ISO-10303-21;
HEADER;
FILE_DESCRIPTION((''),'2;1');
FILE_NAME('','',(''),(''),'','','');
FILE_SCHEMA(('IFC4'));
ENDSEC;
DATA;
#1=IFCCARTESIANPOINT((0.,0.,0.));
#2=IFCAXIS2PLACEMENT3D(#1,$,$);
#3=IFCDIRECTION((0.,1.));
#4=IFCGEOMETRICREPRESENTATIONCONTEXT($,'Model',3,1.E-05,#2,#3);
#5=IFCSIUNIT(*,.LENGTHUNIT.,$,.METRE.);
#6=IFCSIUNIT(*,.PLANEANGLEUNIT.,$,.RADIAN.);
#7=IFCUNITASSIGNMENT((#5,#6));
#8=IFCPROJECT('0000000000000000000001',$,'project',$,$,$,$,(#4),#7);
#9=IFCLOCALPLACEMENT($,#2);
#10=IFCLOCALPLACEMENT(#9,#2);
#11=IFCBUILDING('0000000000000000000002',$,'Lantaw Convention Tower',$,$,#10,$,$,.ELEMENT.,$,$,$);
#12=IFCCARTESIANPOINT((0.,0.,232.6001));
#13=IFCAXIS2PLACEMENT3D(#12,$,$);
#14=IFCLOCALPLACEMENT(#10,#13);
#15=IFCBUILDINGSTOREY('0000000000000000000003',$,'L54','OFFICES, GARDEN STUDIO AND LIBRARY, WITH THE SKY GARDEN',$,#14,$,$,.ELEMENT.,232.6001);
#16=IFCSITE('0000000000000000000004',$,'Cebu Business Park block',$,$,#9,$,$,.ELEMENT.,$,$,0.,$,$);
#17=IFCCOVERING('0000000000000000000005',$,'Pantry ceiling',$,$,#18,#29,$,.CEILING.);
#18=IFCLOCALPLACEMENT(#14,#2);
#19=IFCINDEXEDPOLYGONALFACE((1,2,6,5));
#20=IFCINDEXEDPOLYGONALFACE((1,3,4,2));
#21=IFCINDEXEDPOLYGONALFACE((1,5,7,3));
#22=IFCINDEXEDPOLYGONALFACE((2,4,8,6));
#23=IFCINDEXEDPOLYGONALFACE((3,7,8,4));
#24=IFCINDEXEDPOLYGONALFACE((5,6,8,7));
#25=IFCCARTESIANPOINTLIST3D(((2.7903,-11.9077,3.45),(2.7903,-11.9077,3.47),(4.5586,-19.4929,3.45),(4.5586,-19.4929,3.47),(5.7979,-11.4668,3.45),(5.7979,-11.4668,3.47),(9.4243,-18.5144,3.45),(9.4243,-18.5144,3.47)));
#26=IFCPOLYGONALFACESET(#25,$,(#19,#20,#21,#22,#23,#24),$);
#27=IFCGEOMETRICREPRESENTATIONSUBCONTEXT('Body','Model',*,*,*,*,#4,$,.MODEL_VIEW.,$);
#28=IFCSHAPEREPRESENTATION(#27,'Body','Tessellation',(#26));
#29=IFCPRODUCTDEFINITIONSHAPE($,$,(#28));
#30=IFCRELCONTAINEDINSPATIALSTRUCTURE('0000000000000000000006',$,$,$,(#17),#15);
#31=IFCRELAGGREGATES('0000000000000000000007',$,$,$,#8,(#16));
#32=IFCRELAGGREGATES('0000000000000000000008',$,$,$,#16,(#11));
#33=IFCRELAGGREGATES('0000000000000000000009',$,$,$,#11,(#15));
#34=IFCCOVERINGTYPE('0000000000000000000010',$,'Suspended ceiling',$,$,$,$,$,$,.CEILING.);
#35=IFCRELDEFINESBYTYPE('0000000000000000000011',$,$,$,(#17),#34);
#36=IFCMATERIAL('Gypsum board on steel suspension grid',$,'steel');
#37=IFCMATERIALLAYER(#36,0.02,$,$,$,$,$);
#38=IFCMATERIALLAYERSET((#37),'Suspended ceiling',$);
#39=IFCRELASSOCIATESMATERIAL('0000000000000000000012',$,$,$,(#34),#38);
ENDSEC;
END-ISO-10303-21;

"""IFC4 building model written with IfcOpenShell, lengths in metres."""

from ifc_helpers import new_model, si_unit, direction, frame, origin, place, context, subcontext, project, spatial, polyline, outline, extrude, material, layer, layer_set, type_object, element, save


model = new_model("IFC4")

# Units and contexts
model_context = context("Model", 3, precision=1e-05, world=origin(), true_north=direction((0.0, 1.0)))
body_context = subcontext(model_context, "Body", "Model", "MODEL_VIEW")
ifc_project = project(units=[si_unit("LENGTHUNIT", "METRE"), si_unit("PLANEANGLEUNIT", "RADIAN")], contexts=[model_context])

# Site, building, storey
site_placement = place(None, origin())
site = spatial("IfcSite", under=ifc_project, at=site_placement, Name="Cebu Business Park block", CompositionType="ELEMENT", RefElevation=0.0)
building_placement = place(site_placement, origin())
building = spatial("IfcBuilding", under=site, at=building_placement, Name="Lantaw Convention Tower", CompositionType="ELEMENT")
storey_placement = place(building_placement, frame((0.0, 0.0, 232.6001)))
storey = spatial("IfcBuildingStorey", under=building, at=storey_placement, Name="L54", Description="OFFICES, GARDEN STUDIO AND LIBRARY, WITH THE SKY GARDEN", CompositionType="ELEMENT", Elevation=232.6001)

# Covering
ifc_material_1 = material(Name="Gypsum board on steel suspension grid", Category="steel")
ifc_layer_1 = layer(ifc_material_1, 0.02)
ifc_layer_set_1 = layer_set([ifc_layer_1], Name="Suspended ceiling")
covering_type = type_object("IfcCoveringType", Name="Suspended ceiling", PredefinedType="CEILING", material=ifc_layer_set_1)
covering_1_placement = place(storey_placement, frame((0.0, 0.0, 3.45)))
element("IfcCovering", 1, at=covering_1_placement, inside=storey, type_object=covering_type, Name="Pantry ceiling", PredefinedType="CEILING", context=body_context, shape_type="SweptSolid", body=[
    extrude(outline(polyline([(2.7903, -11.9077), (4.5586, -19.4929), (9.4243, -18.5144), (5.7979, -11.4668), (2.7903, -11.9077)])), origin(), (0.0, 0.0, 1.0), 0.02),
])

save(model, "model.ifc")
